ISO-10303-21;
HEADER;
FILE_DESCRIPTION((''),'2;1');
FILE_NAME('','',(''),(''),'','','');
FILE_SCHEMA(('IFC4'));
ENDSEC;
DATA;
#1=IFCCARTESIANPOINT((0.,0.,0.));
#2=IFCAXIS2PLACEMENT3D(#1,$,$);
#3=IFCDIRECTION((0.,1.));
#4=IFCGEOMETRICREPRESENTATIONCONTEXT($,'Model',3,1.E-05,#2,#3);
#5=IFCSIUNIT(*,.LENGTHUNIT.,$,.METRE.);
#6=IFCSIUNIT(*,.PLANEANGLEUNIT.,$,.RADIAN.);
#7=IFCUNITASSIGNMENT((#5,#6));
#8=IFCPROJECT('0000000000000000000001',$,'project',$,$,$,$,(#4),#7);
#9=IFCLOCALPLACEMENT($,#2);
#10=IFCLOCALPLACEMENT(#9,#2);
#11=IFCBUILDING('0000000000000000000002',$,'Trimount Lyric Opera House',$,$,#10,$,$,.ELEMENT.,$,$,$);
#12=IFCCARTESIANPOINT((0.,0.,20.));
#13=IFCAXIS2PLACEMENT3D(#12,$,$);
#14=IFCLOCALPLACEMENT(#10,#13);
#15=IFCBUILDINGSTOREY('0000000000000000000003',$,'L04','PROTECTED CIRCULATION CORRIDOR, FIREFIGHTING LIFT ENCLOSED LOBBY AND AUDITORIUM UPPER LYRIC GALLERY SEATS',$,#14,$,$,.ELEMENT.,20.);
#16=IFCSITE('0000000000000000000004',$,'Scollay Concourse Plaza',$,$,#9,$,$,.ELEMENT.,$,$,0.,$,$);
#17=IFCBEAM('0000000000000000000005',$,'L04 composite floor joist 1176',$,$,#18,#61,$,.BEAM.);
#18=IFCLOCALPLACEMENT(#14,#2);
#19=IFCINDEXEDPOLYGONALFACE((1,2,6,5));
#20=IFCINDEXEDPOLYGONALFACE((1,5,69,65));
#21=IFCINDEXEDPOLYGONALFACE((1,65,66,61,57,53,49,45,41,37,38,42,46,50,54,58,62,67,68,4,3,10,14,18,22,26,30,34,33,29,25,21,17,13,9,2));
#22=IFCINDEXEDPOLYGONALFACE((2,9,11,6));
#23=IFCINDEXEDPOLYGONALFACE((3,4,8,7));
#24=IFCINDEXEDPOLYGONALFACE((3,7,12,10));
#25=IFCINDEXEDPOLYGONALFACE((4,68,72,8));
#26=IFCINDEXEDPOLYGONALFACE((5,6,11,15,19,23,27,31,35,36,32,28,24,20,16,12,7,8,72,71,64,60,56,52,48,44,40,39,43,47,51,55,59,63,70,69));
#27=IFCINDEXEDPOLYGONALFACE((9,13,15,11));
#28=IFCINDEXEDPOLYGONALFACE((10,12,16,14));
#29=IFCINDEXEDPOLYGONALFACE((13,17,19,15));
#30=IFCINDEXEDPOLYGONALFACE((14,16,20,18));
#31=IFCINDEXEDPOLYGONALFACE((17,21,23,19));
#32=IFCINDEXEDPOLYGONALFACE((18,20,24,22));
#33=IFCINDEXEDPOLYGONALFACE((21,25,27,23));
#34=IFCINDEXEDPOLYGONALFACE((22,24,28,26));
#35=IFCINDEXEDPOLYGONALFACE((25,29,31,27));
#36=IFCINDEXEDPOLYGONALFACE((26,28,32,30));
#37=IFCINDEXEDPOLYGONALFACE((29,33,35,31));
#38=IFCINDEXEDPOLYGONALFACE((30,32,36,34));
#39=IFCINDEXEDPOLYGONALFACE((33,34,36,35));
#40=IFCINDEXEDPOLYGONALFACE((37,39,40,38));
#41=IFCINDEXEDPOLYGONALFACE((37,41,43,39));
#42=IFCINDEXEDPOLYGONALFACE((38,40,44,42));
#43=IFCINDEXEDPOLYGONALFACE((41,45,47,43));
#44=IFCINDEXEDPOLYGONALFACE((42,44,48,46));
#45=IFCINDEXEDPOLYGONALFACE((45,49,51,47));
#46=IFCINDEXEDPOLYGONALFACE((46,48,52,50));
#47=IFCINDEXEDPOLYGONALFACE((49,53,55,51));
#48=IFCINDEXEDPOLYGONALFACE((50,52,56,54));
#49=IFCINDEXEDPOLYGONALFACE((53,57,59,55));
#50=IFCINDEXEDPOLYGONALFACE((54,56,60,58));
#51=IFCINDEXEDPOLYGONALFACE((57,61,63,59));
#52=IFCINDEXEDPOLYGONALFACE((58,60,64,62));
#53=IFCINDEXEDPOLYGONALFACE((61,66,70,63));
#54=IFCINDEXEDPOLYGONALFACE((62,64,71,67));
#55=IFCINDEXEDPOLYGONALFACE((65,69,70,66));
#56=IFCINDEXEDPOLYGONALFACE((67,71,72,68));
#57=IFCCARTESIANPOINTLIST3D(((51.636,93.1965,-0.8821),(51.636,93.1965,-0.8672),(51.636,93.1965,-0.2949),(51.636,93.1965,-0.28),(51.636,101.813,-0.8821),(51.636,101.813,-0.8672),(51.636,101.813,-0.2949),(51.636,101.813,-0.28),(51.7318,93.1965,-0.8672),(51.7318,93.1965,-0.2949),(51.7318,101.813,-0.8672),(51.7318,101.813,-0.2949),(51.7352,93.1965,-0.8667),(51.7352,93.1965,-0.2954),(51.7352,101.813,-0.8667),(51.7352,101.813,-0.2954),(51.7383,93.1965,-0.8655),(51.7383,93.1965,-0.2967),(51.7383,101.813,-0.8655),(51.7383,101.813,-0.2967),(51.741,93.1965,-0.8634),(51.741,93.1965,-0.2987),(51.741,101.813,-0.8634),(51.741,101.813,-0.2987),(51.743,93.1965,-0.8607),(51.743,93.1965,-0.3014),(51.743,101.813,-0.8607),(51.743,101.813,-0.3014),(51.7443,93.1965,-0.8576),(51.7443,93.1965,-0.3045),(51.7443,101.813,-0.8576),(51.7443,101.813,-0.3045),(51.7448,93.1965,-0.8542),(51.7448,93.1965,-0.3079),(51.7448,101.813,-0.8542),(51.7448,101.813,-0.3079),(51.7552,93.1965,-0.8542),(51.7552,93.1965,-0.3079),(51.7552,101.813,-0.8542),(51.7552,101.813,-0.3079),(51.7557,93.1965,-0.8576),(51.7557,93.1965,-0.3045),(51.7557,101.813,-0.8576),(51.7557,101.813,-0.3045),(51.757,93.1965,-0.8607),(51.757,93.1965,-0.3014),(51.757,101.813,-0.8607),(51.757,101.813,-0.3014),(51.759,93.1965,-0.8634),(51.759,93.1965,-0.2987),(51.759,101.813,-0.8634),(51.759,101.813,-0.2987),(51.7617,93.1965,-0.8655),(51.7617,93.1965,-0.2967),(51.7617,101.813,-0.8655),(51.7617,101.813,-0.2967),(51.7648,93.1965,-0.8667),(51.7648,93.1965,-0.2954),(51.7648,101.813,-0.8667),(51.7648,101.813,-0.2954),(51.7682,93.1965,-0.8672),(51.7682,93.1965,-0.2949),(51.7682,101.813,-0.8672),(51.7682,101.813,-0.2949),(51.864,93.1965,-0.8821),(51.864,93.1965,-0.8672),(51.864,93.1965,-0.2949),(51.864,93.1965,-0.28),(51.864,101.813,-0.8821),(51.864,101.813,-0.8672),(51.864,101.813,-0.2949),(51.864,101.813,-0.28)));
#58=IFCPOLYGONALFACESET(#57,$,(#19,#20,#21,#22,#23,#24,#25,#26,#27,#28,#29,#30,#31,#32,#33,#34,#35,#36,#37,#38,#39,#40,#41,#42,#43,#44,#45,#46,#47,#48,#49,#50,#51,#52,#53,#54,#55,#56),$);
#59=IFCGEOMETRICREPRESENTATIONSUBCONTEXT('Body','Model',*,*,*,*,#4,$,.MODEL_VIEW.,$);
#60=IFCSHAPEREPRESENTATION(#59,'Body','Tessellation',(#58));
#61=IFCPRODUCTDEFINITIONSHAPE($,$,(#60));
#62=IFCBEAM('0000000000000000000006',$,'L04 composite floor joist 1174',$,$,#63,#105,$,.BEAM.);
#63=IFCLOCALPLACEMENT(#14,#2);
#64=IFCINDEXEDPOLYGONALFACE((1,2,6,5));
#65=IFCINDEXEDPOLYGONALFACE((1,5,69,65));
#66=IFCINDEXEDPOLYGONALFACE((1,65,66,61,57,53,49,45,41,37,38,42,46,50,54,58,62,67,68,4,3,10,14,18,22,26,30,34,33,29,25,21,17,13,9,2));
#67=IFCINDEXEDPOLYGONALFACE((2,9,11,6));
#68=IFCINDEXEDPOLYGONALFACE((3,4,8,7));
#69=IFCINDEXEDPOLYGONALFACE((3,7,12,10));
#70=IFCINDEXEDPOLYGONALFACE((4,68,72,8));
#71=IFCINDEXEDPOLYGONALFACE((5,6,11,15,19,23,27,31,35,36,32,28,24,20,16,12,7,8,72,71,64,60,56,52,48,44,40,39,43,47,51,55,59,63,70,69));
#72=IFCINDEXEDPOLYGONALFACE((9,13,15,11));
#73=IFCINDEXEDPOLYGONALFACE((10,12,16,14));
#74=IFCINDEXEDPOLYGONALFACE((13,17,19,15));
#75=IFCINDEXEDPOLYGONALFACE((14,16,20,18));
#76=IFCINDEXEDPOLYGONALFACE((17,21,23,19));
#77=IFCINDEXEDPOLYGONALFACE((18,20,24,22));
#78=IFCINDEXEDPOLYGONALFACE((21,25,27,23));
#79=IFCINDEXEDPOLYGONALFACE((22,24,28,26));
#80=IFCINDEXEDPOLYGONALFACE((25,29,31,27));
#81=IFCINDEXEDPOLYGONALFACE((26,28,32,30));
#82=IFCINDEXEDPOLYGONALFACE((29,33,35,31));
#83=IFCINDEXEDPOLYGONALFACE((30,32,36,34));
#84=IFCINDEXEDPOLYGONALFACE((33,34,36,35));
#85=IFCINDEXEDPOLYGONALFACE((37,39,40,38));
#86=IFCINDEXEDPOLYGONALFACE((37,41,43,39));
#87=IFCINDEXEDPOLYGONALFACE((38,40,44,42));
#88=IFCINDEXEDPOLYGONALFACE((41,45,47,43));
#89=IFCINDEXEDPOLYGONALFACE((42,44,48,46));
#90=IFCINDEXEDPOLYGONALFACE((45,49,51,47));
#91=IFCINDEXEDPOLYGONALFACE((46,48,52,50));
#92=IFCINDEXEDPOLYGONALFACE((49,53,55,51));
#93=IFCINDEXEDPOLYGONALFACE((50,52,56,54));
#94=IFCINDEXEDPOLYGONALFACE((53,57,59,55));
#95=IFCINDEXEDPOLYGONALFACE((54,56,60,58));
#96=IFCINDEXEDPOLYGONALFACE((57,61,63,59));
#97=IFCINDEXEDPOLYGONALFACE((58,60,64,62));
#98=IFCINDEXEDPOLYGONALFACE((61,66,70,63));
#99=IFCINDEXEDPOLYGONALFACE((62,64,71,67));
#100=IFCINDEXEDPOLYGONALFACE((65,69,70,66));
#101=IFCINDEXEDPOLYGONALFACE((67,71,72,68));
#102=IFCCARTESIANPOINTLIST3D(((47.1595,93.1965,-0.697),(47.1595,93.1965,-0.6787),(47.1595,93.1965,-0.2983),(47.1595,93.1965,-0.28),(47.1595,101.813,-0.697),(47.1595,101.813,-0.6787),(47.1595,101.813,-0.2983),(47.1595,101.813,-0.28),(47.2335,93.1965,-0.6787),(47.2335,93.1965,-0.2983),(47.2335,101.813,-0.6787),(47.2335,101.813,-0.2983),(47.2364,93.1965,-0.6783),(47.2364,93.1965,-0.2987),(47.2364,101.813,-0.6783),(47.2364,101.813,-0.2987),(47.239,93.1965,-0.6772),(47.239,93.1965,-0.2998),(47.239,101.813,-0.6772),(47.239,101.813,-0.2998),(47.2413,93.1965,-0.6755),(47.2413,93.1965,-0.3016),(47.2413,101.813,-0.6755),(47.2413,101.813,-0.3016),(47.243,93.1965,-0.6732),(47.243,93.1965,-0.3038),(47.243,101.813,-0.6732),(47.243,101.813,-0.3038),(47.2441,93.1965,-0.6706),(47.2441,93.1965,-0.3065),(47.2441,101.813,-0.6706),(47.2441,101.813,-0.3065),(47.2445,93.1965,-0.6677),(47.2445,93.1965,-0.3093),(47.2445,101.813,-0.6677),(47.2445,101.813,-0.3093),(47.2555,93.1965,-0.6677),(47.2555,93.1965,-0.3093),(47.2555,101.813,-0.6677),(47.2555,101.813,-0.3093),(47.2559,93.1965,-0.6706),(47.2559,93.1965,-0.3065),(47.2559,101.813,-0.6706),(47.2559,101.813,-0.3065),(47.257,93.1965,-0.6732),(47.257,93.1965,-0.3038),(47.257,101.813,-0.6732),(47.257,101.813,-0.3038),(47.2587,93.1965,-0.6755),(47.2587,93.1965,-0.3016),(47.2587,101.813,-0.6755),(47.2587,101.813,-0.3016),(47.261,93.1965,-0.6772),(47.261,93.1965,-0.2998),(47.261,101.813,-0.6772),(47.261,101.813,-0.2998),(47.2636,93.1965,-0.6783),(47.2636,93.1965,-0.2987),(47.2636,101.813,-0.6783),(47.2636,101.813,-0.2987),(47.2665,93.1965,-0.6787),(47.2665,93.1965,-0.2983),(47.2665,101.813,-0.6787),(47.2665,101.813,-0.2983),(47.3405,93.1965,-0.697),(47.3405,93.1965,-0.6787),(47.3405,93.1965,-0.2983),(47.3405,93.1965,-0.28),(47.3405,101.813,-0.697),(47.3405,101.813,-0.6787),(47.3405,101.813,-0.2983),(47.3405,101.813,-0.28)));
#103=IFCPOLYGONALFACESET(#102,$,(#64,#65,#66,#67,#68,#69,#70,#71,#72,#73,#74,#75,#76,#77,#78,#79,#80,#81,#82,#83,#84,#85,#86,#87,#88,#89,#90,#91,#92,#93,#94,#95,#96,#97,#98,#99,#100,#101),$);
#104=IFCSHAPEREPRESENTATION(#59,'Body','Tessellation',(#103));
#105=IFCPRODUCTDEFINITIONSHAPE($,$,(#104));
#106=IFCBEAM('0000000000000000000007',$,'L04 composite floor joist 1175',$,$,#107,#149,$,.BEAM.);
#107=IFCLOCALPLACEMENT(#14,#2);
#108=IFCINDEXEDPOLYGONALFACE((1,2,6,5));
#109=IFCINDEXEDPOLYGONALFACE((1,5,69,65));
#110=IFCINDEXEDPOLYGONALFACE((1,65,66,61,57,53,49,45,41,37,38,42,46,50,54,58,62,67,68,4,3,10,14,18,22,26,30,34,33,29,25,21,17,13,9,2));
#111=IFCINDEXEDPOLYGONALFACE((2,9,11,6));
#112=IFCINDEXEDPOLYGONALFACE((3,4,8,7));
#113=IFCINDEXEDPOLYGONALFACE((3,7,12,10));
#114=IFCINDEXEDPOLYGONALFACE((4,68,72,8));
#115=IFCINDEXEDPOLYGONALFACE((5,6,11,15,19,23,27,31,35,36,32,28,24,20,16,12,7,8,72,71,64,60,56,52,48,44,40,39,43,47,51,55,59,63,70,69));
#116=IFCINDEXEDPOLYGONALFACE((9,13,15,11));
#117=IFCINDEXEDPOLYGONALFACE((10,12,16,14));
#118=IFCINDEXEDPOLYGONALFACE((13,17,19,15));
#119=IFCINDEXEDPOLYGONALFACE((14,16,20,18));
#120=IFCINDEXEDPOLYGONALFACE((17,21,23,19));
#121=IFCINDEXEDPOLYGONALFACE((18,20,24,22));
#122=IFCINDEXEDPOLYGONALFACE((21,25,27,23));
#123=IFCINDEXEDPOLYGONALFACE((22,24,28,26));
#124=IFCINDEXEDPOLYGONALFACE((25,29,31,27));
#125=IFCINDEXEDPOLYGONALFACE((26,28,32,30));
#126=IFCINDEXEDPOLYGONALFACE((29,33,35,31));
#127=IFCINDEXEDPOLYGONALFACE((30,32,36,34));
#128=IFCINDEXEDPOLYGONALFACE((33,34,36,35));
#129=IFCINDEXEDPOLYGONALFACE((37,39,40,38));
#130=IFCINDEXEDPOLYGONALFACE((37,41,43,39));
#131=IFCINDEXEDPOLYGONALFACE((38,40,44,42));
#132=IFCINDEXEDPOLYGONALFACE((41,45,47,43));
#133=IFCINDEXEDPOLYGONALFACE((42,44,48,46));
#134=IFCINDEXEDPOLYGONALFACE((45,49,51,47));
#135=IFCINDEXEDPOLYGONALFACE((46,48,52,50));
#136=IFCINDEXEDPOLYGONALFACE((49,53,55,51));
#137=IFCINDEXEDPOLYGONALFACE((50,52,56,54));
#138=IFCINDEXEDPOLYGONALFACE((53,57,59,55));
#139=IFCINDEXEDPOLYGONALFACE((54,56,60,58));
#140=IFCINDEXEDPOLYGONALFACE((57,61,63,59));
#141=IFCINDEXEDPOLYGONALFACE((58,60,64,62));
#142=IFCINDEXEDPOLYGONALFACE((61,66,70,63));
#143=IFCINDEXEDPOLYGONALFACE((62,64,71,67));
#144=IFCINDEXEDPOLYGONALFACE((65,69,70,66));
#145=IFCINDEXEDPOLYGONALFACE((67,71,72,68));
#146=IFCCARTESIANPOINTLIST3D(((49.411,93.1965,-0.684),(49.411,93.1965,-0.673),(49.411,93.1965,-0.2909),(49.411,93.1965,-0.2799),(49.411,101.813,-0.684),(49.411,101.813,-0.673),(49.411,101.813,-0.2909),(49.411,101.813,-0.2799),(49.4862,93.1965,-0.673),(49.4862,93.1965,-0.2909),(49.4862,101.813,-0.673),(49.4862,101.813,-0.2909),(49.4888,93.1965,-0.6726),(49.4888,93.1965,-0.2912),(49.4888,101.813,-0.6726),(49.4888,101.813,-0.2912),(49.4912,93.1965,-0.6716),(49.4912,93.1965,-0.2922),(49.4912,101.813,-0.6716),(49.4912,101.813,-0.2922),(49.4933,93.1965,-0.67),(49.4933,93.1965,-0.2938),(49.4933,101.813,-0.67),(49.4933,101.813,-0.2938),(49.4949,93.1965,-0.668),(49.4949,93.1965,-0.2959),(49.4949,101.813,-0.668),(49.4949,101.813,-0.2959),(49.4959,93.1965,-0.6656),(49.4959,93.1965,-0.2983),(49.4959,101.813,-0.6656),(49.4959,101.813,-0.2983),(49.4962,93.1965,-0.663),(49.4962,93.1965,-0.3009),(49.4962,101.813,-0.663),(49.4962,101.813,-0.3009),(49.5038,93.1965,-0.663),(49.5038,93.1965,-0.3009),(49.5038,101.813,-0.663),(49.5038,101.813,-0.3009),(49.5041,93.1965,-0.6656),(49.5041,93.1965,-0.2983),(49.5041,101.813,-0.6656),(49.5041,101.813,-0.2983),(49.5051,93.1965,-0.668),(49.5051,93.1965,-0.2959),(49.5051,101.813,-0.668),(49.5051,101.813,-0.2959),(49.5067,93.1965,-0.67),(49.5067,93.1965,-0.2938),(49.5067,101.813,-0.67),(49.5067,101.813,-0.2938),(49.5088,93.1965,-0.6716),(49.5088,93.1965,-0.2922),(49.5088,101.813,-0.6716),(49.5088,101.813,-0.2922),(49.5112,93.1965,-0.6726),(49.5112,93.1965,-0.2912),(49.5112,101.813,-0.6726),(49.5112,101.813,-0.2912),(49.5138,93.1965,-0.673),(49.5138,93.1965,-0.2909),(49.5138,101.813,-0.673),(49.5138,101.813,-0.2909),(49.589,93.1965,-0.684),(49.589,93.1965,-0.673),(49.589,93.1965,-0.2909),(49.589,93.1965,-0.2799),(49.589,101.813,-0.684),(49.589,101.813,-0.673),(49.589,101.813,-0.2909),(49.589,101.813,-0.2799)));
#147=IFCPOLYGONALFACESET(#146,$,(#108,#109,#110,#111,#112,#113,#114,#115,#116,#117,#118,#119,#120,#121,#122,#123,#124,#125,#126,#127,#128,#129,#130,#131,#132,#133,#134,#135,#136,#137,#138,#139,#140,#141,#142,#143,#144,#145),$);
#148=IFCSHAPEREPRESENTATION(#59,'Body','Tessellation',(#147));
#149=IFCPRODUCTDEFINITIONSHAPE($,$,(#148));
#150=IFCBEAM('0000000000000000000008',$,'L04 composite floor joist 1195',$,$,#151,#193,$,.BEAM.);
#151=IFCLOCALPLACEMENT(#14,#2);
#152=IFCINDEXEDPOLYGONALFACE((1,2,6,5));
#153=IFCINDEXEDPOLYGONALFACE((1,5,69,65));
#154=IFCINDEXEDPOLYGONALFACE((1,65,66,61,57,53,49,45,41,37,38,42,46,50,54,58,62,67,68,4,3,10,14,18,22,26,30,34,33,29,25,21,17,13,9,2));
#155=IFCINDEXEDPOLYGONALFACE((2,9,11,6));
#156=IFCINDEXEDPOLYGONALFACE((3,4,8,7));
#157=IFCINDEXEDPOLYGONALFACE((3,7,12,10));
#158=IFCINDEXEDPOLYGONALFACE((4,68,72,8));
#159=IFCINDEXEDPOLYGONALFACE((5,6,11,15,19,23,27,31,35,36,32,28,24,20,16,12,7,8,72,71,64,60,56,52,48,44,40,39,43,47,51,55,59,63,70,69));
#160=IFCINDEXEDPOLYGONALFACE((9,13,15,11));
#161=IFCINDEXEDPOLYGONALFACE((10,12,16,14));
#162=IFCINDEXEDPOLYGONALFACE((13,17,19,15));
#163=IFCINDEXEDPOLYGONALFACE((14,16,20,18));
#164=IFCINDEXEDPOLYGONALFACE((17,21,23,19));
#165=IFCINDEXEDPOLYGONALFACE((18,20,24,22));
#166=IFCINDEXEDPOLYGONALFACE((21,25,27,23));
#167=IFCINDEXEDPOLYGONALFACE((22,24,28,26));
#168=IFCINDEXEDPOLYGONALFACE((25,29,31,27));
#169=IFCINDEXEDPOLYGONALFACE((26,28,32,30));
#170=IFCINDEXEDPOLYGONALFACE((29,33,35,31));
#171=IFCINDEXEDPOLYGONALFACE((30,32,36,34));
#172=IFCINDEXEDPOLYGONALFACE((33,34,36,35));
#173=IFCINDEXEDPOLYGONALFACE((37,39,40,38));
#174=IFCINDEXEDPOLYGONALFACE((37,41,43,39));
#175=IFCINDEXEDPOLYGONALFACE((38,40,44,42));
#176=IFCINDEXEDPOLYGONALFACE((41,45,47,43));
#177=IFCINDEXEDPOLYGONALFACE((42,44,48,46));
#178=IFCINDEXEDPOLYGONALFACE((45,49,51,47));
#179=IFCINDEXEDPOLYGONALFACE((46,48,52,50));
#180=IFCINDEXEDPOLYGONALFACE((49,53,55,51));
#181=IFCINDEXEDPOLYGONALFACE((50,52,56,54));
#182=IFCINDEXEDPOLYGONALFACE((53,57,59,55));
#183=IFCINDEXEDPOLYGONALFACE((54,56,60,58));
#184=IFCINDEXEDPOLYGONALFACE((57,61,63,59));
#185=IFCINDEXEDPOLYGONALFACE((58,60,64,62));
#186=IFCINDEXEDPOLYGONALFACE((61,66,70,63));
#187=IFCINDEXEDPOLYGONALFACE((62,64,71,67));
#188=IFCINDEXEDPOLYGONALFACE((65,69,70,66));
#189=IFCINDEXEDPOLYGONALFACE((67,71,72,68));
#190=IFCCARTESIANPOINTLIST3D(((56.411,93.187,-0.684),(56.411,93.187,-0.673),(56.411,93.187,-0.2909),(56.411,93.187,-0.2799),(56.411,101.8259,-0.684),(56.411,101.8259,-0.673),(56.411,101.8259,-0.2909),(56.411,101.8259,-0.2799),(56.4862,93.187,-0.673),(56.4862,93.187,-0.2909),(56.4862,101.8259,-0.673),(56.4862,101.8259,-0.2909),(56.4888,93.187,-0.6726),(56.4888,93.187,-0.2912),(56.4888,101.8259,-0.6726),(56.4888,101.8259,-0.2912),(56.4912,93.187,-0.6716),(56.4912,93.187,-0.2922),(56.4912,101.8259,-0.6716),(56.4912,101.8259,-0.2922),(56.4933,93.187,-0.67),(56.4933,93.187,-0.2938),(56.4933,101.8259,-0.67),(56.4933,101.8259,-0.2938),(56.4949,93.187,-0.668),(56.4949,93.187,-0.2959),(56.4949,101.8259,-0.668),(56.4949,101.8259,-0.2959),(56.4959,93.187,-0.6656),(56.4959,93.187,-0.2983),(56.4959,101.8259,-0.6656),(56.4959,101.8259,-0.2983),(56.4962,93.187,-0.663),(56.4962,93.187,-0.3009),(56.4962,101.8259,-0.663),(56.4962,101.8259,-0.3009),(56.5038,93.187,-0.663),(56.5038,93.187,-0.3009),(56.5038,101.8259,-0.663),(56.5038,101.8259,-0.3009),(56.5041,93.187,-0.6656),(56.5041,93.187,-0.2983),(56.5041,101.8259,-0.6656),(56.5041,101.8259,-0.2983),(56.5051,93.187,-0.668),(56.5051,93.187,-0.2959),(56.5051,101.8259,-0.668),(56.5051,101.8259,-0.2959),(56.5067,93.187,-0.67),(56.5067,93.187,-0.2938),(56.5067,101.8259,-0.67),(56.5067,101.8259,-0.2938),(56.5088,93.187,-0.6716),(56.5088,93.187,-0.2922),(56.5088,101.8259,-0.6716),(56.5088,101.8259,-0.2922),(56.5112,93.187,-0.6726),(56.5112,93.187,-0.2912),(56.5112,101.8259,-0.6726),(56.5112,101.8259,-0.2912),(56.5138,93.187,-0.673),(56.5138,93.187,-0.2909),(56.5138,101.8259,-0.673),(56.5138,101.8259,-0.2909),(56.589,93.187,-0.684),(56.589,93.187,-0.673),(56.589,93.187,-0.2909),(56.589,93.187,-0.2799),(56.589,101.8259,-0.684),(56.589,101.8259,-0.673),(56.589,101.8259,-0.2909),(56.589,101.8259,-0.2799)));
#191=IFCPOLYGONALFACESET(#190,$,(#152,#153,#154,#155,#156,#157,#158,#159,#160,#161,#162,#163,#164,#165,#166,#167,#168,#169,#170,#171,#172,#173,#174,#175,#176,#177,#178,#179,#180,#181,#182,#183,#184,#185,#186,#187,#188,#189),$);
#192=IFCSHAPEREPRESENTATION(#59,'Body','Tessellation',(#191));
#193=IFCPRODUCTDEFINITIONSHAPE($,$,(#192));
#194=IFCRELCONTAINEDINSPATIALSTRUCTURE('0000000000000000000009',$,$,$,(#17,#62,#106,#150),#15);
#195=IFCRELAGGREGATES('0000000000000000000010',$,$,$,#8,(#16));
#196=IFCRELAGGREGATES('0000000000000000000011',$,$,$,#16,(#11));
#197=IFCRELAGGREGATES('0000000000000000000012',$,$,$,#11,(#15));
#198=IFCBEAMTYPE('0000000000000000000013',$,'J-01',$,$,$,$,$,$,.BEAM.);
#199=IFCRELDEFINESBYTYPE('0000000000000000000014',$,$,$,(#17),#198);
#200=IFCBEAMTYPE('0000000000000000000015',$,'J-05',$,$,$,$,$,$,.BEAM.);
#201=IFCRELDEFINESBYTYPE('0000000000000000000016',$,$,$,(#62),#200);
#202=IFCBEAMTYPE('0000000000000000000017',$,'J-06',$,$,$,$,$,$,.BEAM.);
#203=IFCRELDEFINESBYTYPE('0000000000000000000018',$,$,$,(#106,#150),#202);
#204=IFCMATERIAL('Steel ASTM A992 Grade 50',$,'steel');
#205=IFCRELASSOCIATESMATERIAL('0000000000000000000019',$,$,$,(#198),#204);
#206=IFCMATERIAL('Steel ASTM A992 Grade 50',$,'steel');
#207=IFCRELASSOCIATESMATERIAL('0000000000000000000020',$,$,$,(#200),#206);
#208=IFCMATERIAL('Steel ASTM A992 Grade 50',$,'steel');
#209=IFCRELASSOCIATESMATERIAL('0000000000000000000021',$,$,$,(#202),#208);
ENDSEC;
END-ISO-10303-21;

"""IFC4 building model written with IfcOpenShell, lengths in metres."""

from ifc_helpers import new_model, si_unit, direction, frame, origin, origin_2d, place, context, subcontext, project, spatial, i_section, extrude, material, material_profile, profile_set, type_object, element, save


model = new_model("IFC4")

# Units and contexts
model_context = context("Model", 3, precision=1e-05, world=origin(), true_north=direction((0.0, 1.0)))
body_context = subcontext(model_context, "Body", "Model", "MODEL_VIEW")
ifc_project = project(units=[si_unit("LENGTHUNIT", "METRE"), si_unit("PLANEANGLEUNIT", "RADIAN")], contexts=[model_context])

# Site, building, storey
site_placement = place(None, origin())
site = spatial("IfcSite", under=ifc_project, at=site_placement, Name="Scollay Concourse Plaza", CompositionType="ELEMENT", RefElevation=0.0)
building_placement = place(site_placement, origin())
building = spatial("IfcBuilding", under=site, at=building_placement, Name="Trimount Lyric Opera House", CompositionType="ELEMENT")
storey_placement = place(building_placement, frame((0.0, 0.0, 20.0)))
storey = spatial("IfcBuildingStorey", under=building, at=storey_placement, Name="L04", Description="PROTECTED CIRCULATION CORRIDOR, FIREFIGHTING LIFT ENCLOSED LOBBY AND AUDITORIUM UPPER LYRIC GALLERY SEATS", CompositionType="ELEMENT", Elevation=20.0)

# Beams
ifc_material_1 = material(Name="Steel ASTM A992 Grade 50", Category="steel")
ifc_material_profile_1 = material_profile(ifc_material_1, i_section(OverallWidth=0.228, OverallDepth=0.6021, WebThickness=0.0105, FlangeThickness=0.0149, FilletRadius=0.0129, at=origin_2d()), Name="W24X68")
ifc_profile_set_1 = profile_set([ifc_material_profile_1], Name="Steel ASTM A992 Grade 50")
beam_type_1 = type_object("IfcBeamType", Name="J-01", PredefinedType="BEAM", material=ifc_profile_set_1)
beam_1_placement = place(storey_placement, frame((51.75, 93.1965, -0.5811), z_axis=(0.0, 1.0, 0.0), x_axis=(-1.0, 0.0, 0.0)))
element("IfcBeam", 1, at=beam_1_placement, inside=storey, type_object=beam_type_1, Name="L04 composite floor joist 1176", PredefinedType="BEAM", context=body_context, shape_type="SweptSolid", body=[
    extrude(i_section(OverallWidth=0.228, OverallDepth=0.6021, WebThickness=0.0105, FlangeThickness=0.0149, FilletRadius=0.0129, at=origin_2d()), origin(), (0.0, 0.0, 1.0), 8.6165),
])
ifc_material_2 = material(Name="Steel ASTM A992 Grade 50", Category="steel")
ifc_material_profile_2 = material_profile(ifc_material_2, i_section(OverallWidth=0.1809, OverallDepth=0.417, WebThickness=0.011, FlangeThickness=0.0183, FilletRadius=0.011, at=origin_2d()), Name="W16X57")
ifc_profile_set_2 = profile_set([ifc_material_profile_2], Name="Steel ASTM A992 Grade 50")
beam_type_2 = type_object("IfcBeamType", Name="J-05", PredefinedType="BEAM", material=ifc_profile_set_2)
beam_2_placement = place(storey_placement, frame((47.25, 93.1965, -0.4885), z_axis=(0.0, 1.0, 0.0), x_axis=(-1.0, 0.0, 0.0)))
element("IfcBeam", 2, at=beam_2_placement, inside=storey, type_object=beam_type_2, Name="L04 composite floor joist 1174", PredefinedType="BEAM", context=body_context, shape_type="SweptSolid", body=[
    extrude(i_section(OverallWidth=0.1809, OverallDepth=0.417, WebThickness=0.011, FlangeThickness=0.0183, FilletRadius=0.011, at=origin_2d()), origin(), (0.0, 0.0, 1.0), 8.6165),
])
ifc_material_3 = material(Name="Steel ASTM A992 Grade 50", Category="steel")
ifc_material_profile_3 = material_profile(ifc_material_3, i_section(OverallWidth=0.178, OverallDepth=0.4041, WebThickness=0.0076, FlangeThickness=0.011, FilletRadius=0.01, at=origin_2d()), Name="W16X36")
ifc_profile_set_3 = profile_set([ifc_material_profile_3], Name="Steel ASTM A992 Grade 50")
beam_type_3 = type_object("IfcBeamType", Name="J-06", PredefinedType="BEAM", material=ifc_profile_set_3)
beam_3_placement = place(storey_placement, frame((49.5, 93.1965, -0.4819), z_axis=(0.0, 1.0, 0.0), x_axis=(-1.0, 0.0, 0.0)))
element("IfcBeam", 3, at=beam_3_placement, inside=storey, type_object=beam_type_3, Name="L04 composite floor joist 1175", PredefinedType="BEAM", context=body_context, shape_type="SweptSolid", body=[
    extrude(i_section(OverallWidth=0.178, OverallDepth=0.4041, WebThickness=0.0076, FlangeThickness=0.011, FilletRadius=0.01, at=origin_2d()), origin(), (0.0, 0.0, 1.0), 8.6165),
])
beam_4_placement = place(storey_placement, frame((56.5, 93.187, -0.4819), z_axis=(0.0, 1.0, 0.0), x_axis=(-1.0, 0.0, 0.0)))
element("IfcBeam", 4, at=beam_4_placement, inside=storey, type_object=beam_type_3, Name="L04 composite floor joist 1195", PredefinedType="BEAM", context=body_context, shape_type="SweptSolid", body=[
    extrude(i_section(OverallWidth=0.178, OverallDepth=0.4041, WebThickness=0.0076, FlangeThickness=0.011, FilletRadius=0.01, at=origin_2d()), origin(), (0.0, 0.0, 1.0), 8.6389),
])

save(model, "model.ifc")
